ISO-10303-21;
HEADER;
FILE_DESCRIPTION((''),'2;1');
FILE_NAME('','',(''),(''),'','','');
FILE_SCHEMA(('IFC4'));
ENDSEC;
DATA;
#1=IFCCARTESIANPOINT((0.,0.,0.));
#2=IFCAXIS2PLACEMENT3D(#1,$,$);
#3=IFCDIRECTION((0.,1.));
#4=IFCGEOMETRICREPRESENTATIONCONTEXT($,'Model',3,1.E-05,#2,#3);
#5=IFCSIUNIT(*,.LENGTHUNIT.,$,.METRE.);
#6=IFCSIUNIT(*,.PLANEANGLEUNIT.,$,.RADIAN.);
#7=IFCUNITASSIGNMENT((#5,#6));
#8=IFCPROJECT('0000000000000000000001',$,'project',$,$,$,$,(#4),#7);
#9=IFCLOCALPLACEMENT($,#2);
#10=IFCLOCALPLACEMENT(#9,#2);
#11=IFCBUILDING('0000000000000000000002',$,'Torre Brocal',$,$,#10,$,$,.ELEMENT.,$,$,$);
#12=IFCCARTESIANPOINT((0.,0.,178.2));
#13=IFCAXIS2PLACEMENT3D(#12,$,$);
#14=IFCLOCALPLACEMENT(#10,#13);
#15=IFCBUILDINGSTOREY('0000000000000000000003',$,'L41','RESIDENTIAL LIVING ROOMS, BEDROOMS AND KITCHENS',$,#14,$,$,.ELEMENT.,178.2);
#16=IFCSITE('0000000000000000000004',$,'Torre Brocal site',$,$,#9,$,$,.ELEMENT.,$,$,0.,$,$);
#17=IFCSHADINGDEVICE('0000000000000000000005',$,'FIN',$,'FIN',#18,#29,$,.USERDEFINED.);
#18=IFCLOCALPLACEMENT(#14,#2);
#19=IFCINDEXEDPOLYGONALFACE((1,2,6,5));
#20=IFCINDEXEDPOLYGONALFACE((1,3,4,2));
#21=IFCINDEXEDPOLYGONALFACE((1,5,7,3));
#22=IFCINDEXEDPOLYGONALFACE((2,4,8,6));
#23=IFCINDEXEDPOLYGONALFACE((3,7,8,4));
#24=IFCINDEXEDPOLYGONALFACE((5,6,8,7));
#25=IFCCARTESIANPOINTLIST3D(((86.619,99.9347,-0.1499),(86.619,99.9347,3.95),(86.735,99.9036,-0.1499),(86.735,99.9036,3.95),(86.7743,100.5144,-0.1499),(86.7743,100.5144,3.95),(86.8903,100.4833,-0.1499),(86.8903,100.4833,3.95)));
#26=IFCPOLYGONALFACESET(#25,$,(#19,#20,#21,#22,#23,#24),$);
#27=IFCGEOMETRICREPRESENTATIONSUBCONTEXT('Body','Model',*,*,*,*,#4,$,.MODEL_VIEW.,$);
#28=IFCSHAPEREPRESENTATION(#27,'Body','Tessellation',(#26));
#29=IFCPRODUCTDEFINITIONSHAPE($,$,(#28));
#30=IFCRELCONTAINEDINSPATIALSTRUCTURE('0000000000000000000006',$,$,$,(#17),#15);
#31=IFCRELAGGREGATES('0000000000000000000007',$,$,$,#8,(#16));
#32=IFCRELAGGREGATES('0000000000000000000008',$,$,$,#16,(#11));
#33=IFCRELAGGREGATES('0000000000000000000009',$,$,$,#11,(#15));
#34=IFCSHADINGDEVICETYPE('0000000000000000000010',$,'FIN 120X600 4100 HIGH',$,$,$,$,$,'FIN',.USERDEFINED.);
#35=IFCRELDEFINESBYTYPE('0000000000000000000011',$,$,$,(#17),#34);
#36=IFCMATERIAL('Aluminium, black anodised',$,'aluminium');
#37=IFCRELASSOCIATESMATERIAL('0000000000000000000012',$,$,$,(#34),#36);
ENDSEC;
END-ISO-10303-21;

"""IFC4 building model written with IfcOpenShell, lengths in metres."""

from ifc_helpers import new_model, si_unit, direction, frame, origin, origin_2d, place, context, subcontext, project, spatial, rectangle, extrude, material, material_profile, profile_set, type_object, element, save


model = new_model("IFC4")

# Units and contexts
model_context = context("Model", 3, precision=1e-05, world=origin(), true_north=direction((0.0, 1.0)))
body_context = subcontext(model_context, "Body", "Model", "MODEL_VIEW")
ifc_project = project(units=[si_unit("LENGTHUNIT", "METRE"), si_unit("PLANEANGLEUNIT", "RADIAN")], contexts=[model_context])

# Site, building, storey
site_placement = place(None, origin())
site = spatial("IfcSite", under=ifc_project, at=site_placement, Name="Torre Brocal site", CompositionType="ELEMENT", RefElevation=0.0)
building_placement = place(site_placement, origin())
building = spatial("IfcBuilding", under=site, at=building_placement, Name="Torre Brocal", CompositionType="ELEMENT")
storey_placement = place(building_placement, frame((0.0, 0.0, 178.2)))
storey = spatial("IfcBuildingStorey", under=building, at=storey_placement, Name="L41", Description="RESIDENTIAL LIVING ROOMS, BEDROOMS AND KITCHENS", CompositionType="ELEMENT", Elevation=178.2)

# Shading device
ifc_material_1 = material(Name="Aluminium, black anodised", Category="aluminium")
ifc_material_profile_1 = material_profile(ifc_material_1, rectangle(XDim=0.1201, YDim=0.6001, at=origin_2d()), Name="FIN 120X600 4100 HIGH")
ifc_profile_set_1 = profile_set([ifc_material_profile_1], Name="Aluminium, black anodised")
shading_device_type = type_object("IfcShadingDeviceType", Name="FIN 120X600 4100 HIGH", ElementType="FIN", PredefinedType="USERDEFINED", material=ifc_profile_set_1)
shading_device_placement = place(storey_placement, frame((86.7546, 100.209, -0.1499), z_axis=(0.0, 0.0, 1.0), x_axis=(-0.965926, 0.258819, 0.0)))
element("IfcShadingDevice", 1, at=shading_device_placement, inside=storey, type_object=shading_device_type, Name="FIN", ObjectType="FIN", PredefinedType="USERDEFINED", context=body_context, shape_type="SweptSolid", body=[
    extrude(rectangle(XDim=0.1201, YDim=0.6001, at=origin_2d()), origin(), (0.0, 0.0, 1.0), 4.0999),
])

save(model, "model.ifc")
